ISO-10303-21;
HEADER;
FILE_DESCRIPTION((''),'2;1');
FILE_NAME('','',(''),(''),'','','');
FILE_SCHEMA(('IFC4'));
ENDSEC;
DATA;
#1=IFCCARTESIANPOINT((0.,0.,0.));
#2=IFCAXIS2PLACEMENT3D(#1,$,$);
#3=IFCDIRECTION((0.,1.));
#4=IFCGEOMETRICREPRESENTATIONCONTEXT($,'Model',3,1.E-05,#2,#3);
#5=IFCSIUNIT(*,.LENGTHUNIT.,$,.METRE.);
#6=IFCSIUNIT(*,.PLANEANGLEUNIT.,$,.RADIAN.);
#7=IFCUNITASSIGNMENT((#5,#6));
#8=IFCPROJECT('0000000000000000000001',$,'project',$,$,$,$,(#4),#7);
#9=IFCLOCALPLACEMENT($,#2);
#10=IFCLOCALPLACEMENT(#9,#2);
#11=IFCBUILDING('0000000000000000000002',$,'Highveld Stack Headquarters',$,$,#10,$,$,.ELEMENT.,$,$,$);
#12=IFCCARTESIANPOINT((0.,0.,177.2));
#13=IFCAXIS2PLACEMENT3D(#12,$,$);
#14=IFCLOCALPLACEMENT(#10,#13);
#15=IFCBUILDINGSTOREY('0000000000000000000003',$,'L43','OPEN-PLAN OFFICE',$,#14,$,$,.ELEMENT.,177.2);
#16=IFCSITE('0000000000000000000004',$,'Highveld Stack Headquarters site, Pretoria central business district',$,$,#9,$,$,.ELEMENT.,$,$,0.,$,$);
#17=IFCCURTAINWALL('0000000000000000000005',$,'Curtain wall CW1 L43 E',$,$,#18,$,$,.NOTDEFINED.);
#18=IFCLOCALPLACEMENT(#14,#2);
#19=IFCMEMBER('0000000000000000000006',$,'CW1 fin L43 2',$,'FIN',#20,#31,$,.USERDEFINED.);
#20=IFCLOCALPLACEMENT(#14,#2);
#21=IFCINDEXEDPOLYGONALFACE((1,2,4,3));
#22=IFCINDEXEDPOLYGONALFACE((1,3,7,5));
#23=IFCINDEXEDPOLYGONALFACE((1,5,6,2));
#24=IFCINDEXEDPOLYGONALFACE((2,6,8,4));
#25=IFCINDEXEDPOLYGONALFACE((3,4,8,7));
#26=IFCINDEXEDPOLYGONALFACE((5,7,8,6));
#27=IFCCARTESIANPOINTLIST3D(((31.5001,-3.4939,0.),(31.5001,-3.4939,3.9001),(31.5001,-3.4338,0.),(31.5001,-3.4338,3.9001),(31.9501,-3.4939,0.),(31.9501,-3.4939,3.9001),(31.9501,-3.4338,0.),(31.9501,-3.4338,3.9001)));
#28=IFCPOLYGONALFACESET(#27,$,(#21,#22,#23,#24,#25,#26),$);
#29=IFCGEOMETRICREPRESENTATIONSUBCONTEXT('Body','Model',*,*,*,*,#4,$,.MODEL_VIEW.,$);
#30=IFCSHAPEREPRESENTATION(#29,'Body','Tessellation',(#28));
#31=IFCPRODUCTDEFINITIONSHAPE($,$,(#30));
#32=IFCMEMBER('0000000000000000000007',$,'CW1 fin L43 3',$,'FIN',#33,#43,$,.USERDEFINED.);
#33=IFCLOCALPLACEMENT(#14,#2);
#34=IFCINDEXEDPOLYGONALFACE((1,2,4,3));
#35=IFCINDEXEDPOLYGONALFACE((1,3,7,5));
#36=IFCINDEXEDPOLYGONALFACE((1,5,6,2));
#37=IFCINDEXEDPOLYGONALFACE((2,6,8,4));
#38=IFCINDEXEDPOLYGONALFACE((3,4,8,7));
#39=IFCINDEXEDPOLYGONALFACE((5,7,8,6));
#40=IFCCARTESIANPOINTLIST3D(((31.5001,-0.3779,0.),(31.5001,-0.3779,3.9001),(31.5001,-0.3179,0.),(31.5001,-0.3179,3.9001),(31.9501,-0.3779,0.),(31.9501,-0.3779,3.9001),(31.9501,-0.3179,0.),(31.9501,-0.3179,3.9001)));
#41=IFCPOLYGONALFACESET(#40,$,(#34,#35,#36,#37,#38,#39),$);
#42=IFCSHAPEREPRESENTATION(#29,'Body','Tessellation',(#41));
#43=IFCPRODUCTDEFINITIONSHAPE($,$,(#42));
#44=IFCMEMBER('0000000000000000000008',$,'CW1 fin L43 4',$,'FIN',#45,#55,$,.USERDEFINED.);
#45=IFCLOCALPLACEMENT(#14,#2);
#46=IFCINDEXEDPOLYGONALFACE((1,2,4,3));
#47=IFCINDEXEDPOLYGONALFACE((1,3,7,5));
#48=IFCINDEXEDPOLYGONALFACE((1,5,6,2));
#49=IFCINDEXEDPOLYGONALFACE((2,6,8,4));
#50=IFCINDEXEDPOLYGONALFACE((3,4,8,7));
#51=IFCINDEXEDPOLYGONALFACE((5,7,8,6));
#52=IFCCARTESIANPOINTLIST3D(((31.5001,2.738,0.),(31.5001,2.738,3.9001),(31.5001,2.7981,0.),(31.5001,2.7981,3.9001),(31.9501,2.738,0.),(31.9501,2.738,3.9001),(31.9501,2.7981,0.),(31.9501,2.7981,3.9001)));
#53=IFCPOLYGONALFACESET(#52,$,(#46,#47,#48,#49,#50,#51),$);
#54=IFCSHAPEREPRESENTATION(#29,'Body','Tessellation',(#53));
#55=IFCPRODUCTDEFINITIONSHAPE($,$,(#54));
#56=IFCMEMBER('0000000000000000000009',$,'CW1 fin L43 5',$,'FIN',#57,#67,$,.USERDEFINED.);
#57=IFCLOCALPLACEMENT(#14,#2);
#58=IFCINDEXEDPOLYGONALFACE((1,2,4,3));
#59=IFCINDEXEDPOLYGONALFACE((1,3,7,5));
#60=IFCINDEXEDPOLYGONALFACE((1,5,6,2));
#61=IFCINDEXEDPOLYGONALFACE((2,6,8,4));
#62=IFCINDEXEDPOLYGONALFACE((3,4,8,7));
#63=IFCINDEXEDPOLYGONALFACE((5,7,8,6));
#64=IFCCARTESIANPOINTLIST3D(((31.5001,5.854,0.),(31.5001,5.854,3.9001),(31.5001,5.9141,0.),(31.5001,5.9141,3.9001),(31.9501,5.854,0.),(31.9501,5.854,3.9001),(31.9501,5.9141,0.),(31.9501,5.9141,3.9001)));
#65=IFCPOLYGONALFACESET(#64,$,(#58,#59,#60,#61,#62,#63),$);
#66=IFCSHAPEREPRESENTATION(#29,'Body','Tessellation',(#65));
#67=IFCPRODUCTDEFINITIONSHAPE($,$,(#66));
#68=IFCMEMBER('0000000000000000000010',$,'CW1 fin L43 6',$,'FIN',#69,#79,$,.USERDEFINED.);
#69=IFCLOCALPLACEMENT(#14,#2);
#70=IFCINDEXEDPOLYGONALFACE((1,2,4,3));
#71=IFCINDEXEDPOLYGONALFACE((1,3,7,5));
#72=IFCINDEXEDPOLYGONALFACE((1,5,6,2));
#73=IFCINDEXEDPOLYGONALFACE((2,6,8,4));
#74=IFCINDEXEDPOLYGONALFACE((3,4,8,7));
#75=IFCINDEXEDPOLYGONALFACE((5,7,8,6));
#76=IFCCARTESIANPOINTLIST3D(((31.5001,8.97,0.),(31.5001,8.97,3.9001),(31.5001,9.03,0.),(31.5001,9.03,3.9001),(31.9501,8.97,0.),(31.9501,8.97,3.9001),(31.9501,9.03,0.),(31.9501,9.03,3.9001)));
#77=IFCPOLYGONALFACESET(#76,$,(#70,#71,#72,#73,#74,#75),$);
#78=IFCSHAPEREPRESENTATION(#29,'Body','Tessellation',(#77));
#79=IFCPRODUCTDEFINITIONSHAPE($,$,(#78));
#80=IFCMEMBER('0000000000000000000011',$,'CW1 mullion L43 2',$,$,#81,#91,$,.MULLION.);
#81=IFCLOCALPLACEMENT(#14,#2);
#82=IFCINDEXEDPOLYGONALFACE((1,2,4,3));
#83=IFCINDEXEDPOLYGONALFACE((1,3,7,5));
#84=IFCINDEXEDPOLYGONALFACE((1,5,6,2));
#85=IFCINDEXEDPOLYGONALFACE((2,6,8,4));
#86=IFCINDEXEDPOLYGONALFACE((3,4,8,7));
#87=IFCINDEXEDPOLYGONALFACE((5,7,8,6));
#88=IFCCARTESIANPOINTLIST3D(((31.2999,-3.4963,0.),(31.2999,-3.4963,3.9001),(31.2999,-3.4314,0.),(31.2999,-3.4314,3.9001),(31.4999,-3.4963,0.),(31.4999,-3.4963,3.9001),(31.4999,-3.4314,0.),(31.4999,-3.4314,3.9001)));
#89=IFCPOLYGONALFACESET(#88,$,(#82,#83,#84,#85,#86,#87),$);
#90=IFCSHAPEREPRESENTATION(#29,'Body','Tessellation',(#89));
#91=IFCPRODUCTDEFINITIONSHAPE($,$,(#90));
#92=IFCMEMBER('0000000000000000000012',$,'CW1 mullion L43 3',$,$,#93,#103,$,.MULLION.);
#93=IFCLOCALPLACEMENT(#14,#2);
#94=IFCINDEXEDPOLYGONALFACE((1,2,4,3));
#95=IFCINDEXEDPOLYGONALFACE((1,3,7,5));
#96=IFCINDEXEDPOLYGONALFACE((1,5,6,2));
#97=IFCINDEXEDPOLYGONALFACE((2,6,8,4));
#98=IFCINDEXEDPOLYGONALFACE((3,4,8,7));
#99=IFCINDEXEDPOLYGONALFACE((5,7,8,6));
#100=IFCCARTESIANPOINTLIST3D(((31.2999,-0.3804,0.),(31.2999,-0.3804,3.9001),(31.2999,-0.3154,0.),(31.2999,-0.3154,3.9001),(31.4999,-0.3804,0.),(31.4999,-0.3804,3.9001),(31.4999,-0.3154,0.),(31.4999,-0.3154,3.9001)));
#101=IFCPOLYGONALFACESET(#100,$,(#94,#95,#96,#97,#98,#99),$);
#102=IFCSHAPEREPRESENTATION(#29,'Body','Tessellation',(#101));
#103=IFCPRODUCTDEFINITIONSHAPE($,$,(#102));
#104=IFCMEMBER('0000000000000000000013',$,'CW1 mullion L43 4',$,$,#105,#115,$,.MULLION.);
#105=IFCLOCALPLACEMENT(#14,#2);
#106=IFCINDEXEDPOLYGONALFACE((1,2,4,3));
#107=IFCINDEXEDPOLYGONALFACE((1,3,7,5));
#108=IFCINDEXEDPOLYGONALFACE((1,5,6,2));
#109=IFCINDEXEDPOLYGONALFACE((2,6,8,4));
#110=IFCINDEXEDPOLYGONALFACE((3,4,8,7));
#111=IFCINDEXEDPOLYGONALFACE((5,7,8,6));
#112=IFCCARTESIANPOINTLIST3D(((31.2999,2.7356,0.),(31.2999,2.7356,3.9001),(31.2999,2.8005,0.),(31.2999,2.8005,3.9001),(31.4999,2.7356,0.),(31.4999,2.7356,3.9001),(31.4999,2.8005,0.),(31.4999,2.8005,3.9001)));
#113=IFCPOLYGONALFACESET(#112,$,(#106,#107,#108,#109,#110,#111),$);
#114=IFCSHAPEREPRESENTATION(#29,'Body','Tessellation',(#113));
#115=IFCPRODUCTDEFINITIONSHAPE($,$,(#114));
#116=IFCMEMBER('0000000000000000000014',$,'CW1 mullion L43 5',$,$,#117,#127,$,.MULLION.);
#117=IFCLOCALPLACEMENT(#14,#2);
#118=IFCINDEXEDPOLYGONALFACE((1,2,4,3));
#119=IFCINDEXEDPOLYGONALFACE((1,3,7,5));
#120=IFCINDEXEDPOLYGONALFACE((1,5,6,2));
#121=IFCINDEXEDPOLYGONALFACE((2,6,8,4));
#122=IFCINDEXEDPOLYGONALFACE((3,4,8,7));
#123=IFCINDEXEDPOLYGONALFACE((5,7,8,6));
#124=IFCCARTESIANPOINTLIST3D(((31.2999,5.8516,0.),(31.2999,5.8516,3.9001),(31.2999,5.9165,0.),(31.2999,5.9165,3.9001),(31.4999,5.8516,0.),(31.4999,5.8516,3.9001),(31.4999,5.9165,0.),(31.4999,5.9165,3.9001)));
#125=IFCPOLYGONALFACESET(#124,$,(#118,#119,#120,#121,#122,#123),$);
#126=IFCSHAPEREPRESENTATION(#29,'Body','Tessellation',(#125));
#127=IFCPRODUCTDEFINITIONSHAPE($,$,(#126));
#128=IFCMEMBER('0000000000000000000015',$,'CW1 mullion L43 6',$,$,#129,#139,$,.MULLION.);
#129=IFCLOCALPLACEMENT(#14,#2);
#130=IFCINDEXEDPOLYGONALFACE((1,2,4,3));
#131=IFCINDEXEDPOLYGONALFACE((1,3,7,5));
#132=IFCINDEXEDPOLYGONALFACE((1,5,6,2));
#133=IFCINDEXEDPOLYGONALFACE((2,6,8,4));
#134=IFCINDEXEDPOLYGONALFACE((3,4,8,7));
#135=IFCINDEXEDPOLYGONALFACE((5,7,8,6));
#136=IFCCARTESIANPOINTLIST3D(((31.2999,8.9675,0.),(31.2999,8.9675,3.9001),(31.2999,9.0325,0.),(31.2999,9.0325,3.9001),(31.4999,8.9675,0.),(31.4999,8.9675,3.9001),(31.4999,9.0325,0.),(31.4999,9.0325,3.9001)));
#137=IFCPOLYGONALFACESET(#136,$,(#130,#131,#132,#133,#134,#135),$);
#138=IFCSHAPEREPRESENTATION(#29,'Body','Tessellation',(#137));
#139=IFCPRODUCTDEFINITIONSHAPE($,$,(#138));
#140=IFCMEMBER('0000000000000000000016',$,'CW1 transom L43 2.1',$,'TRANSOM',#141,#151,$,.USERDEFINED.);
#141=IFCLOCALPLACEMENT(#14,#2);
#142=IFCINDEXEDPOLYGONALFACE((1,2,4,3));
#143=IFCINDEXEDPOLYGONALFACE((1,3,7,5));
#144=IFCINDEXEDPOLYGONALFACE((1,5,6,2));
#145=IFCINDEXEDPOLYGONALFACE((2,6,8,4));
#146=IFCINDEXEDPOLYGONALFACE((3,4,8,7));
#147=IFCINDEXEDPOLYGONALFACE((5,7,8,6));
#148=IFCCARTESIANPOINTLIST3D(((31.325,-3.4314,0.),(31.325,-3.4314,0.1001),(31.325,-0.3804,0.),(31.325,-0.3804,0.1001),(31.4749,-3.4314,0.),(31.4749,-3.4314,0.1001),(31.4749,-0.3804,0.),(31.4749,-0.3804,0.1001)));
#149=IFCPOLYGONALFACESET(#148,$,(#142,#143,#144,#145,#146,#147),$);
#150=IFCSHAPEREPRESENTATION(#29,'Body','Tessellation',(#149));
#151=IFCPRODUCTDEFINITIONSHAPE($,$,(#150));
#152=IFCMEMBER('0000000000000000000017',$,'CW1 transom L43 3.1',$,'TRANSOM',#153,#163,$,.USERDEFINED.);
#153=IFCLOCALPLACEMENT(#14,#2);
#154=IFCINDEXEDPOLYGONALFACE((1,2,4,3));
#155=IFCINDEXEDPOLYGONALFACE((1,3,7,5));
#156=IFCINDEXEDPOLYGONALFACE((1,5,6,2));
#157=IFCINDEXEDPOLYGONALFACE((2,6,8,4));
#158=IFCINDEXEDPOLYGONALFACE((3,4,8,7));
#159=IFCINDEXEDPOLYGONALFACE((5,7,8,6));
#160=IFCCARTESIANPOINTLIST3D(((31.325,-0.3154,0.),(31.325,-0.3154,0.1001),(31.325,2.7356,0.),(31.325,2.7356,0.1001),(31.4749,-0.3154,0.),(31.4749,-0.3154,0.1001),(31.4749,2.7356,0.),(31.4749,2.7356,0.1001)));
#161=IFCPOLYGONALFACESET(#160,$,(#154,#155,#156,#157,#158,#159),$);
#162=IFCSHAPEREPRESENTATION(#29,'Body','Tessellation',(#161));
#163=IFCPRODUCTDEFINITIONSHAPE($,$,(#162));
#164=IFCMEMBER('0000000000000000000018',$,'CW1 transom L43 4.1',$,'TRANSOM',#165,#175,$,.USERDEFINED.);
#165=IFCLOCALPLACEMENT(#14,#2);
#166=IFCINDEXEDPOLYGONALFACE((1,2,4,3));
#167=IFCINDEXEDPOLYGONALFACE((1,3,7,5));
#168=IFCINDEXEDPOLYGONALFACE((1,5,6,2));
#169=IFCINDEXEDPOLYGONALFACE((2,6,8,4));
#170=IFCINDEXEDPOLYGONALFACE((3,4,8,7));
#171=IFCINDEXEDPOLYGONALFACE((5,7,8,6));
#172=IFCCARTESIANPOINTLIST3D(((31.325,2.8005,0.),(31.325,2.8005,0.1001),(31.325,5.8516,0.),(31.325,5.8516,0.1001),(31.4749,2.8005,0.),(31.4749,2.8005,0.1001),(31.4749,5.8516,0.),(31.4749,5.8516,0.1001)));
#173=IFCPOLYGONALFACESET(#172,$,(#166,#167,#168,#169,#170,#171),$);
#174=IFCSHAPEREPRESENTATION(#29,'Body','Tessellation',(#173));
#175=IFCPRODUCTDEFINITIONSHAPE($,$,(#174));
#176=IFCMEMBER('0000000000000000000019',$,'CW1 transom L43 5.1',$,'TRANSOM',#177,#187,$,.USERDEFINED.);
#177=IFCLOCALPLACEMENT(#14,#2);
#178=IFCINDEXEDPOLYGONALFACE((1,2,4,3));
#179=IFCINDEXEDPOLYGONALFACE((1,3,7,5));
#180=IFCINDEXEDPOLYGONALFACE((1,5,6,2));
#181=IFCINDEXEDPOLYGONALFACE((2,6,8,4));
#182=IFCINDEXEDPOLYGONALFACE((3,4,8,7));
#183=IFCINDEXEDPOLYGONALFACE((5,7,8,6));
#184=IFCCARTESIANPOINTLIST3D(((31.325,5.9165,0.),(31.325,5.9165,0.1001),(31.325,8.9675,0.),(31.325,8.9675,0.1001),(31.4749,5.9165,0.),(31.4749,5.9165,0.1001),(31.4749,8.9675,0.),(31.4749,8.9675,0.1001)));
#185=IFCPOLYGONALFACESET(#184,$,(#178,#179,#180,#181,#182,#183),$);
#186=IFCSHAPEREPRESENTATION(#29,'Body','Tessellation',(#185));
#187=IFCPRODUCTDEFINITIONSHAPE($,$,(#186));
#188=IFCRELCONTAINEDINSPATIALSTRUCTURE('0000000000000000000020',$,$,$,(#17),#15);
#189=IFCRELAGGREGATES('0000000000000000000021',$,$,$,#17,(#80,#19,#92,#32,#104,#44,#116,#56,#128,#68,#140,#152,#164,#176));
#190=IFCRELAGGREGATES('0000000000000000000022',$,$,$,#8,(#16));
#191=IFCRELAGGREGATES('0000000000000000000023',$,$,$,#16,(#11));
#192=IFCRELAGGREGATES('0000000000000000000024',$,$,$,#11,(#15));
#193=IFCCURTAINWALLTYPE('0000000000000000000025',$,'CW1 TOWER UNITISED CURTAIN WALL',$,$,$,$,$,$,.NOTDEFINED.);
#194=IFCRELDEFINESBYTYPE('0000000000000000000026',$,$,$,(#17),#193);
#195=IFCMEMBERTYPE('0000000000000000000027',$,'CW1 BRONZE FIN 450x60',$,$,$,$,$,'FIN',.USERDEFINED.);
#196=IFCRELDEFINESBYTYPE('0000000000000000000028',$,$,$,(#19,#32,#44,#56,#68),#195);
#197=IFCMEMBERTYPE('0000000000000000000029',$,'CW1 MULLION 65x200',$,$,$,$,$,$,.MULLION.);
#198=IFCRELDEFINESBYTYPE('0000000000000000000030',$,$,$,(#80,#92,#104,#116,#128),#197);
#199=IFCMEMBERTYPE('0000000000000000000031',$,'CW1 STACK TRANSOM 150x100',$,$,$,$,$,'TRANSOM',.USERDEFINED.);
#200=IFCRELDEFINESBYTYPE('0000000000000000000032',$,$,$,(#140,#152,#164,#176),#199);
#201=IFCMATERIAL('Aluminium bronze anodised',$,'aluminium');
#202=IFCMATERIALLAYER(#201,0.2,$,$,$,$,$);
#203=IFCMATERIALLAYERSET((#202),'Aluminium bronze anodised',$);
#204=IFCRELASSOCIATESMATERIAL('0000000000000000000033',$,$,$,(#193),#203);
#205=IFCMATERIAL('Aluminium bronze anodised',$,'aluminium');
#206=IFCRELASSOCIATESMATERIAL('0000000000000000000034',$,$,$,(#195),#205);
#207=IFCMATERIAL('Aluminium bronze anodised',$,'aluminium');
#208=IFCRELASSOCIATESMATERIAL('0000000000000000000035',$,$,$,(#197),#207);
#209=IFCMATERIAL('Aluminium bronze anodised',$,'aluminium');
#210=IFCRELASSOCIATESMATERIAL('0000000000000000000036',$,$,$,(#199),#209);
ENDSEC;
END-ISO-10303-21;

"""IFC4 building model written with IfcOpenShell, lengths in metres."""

from ifc_helpers import new_model, si_unit, direction, frame, origin, origin_2d, place, context, subcontext, project, spatial, rectangle, extrude, material, layer, layer_set, material_profile, profile_set, type_object, element, aggregate, save


model = new_model("IFC4")

# Units and contexts
model_context = context("Model", 3, precision=1e-05, world=origin(), true_north=direction((0.0, 1.0)))
body_context = subcontext(model_context, "Body", "Model", "MODEL_VIEW")
ifc_project = project(units=[si_unit("LENGTHUNIT", "METRE"), si_unit("PLANEANGLEUNIT", "RADIAN")], contexts=[model_context])

# Site, building, storey
site_placement = place(None, origin())
site = spatial("IfcSite", under=ifc_project, at=site_placement, Name="Highveld Stack Headquarters site, Pretoria central business district", CompositionType="ELEMENT", RefElevation=0.0)
building_placement = place(site_placement, origin())
building = spatial("IfcBuilding", under=site, at=building_placement, Name="Highveld Stack Headquarters", CompositionType="ELEMENT")
storey_placement = place(building_placement, frame((0.0, 0.0, 177.2)))
storey = spatial("IfcBuildingStorey", under=building, at=storey_placement, Name="L43", Description="OPEN-PLAN OFFICE", CompositionType="ELEMENT", Elevation=177.2)

# Curtain wall, members
ifc_material_1 = material(Name="Aluminium bronze anodised", Category="aluminium")
ifc_layer_1 = layer(ifc_material_1, 0.2)
ifc_layer_set_1 = layer_set([ifc_layer_1], Name="Aluminium bronze anodised")
curtain_wall_type = type_object("IfcCurtainWallType", Name="CW1 TOWER UNITISED CURTAIN WALL", PredefinedType="NOTDEFINED", material=ifc_layer_set_1)
curtain_wall_placement = place(storey_placement, origin())
curtain_wall = element("IfcCurtainWall", 1, at=curtain_wall_placement, inside=storey, type_object=curtain_wall_type, Name="Curtain wall CW1 L43 E", PredefinedType="NOTDEFINED")
ifc_material_2 = material(Name="Aluminium bronze anodised", Category="aluminium")
ifc_material_profile_1 = material_profile(ifc_material_2, rectangle(XDim=0.45, YDim=0.0601, at=origin_2d()), Name="FIN 450x60")
ifc_profile_set_1 = profile_set([ifc_material_profile_1], Name="Aluminium bronze anodised")
member_type_1 = type_object("IfcMemberType", Name="CW1 BRONZE FIN 450x60", ElementType="FIN", PredefinedType="USERDEFINED", material=ifc_profile_set_1)
member_1_placement = place(storey_placement, frame((31.7251, -3.4639, 0.0), z_axis=(0.0, 0.0, 1.0), x_axis=(-1.0, 0.0, 0.0)))
member_1 = element("IfcMember", 2, at=member_1_placement, type_object=member_type_1, Name="CW1 fin L43 2", ObjectType="FIN", PredefinedType="USERDEFINED", context=body_context, shape_type="SweptSolid", body=[
    extrude(rectangle(XDim=0.45, YDim=0.0601, at=origin_2d()), origin(), (0.0, 0.0, 1.0), 3.9001),
])
member_2_placement = place(storey_placement, frame((31.7251, -0.3479, 0.0), z_axis=(0.0, 0.0, 1.0), x_axis=(-1.0, 0.0, 0.0)))
member_2 = element("IfcMember", 3, at=member_2_placement, type_object=member_type_1, Name="CW1 fin L43 3", ObjectType="FIN", PredefinedType="USERDEFINED", context=body_context, shape_type="SweptSolid", body=[
    extrude(rectangle(XDim=0.45, YDim=0.0601, at=origin_2d()), origin(), (0.0, 0.0, 1.0), 3.9001),
])
member_3_placement = place(storey_placement, frame((31.7251, 2.7681, 0.0), z_axis=(0.0, 0.0, 1.0), x_axis=(-1.0, 0.0, 0.0)))
member_3 = element("IfcMember", 4, at=member_3_placement, type_object=member_type_1, Name="CW1 fin L43 4", ObjectType="FIN", PredefinedType="USERDEFINED", context=body_context, shape_type="SweptSolid", body=[
    extrude(rectangle(XDim=0.45, YDim=0.0601, at=origin_2d()), origin(), (0.0, 0.0, 1.0), 3.9001),
])
member_4_placement = place(storey_placement, frame((31.7251, 5.884, 0.0), z_axis=(0.0, 0.0, 1.0), x_axis=(-1.0, 0.0, 0.0)))
member_4 = element("IfcMember", 5, at=member_4_placement, type_object=member_type_1, Name="CW1 fin L43 5", ObjectType="FIN", PredefinedType="USERDEFINED", context=body_context, shape_type="SweptSolid", body=[
    extrude(rectangle(XDim=0.45, YDim=0.0601, at=origin_2d()), origin(), (0.0, 0.0, 1.0), 3.9001),
])
member_5_placement = place(storey_placement, frame((31.7251, 9.0, 0.0), z_axis=(0.0, 0.0, 1.0), x_axis=(-1.0, 0.0, 0.0)))
member_5 = element("IfcMember", 6, at=member_5_placement, type_object=member_type_1, Name="CW1 fin L43 6", ObjectType="FIN", PredefinedType="USERDEFINED", context=body_context, shape_type="SweptSolid", body=[
    extrude(rectangle(XDim=0.45, YDim=0.0601, at=origin_2d()), origin(), (0.0, 0.0, 1.0), 3.9001),
])
ifc_material_3 = material(Name="Aluminium bronze anodised", Category="aluminium")
ifc_material_profile_2 = material_profile(ifc_material_3, rectangle(XDim=0.2, YDim=0.0649, at=origin_2d()), Name="CW1 MULLION 65x200")
ifc_profile_set_2 = profile_set([ifc_material_profile_2], Name="Aluminium bronze anodised")
member_type_2 = type_object("IfcMemberType", Name="CW1 MULLION 65x200", PredefinedType="MULLION", material=ifc_profile_set_2)
member_6_placement = place(storey_placement, frame((31.3999, -3.4639, 0.0), z_axis=(0.0, 0.0, 1.0), x_axis=(-1.0, 0.0, 0.0)))
member_6 = element("IfcMember", 7, at=member_6_placement, type_object=member_type_2, Name="CW1 mullion L43 2", PredefinedType="MULLION", context=body_context, shape_type="SweptSolid", body=[
    extrude(rectangle(XDim=0.2, YDim=0.0649, at=origin_2d()), origin(), (0.0, 0.0, 1.0), 3.9001),
])
member_7_placement = place(storey_placement, frame((31.3999, -0.3479, 0.0), z_axis=(0.0, 0.0, 1.0), x_axis=(-1.0, 0.0, 0.0)))
member_7 = element("IfcMember", 8, at=member_7_placement, type_object=member_type_2, Name="CW1 mullion L43 3", PredefinedType="MULLION", context=body_context, shape_type="SweptSolid", body=[
    extrude(rectangle(XDim=0.2, YDim=0.0649, at=origin_2d()), origin(), (0.0, 0.0, 1.0), 3.9001),
])
member_8_placement = place(storey_placement, frame((31.3999, 2.7681, 0.0), z_axis=(0.0, 0.0, 1.0), x_axis=(-1.0, 0.0, 0.0)))
member_8 = element("IfcMember", 9, at=member_8_placement, type_object=member_type_2, Name="CW1 mullion L43 4", PredefinedType="MULLION", context=body_context, shape_type="SweptSolid", body=[
    extrude(rectangle(XDim=0.2, YDim=0.0649, at=origin_2d()), origin(), (0.0, 0.0, 1.0), 3.9001),
])
member_9_placement = place(storey_placement, frame((31.3999, 5.884, 0.0), z_axis=(0.0, 0.0, 1.0), x_axis=(-1.0, 0.0, 0.0)))
member_9 = element("IfcMember", 10, at=member_9_placement, type_object=member_type_2, Name="CW1 mullion L43 5", PredefinedType="MULLION", context=body_context, shape_type="SweptSolid", body=[
    extrude(rectangle(XDim=0.2, YDim=0.0649, at=origin_2d()), origin(), (0.0, 0.0, 1.0), 3.9001),
])
member_10_placement = place(storey_placement, frame((31.3999, 9.0, 0.0), z_axis=(0.0, 0.0, 1.0), x_axis=(-1.0, 0.0, 0.0)))
member_10 = element("IfcMember", 11, at=member_10_placement, type_object=member_type_2, Name="CW1 mullion L43 6", PredefinedType="MULLION", context=body_context, shape_type="SweptSolid", body=[
    extrude(rectangle(XDim=0.2, YDim=0.0649, at=origin_2d()), origin(), (0.0, 0.0, 1.0), 3.9001),
])
ifc_material_4 = material(Name="Aluminium bronze anodised", Category="aluminium")
ifc_material_profile_3 = material_profile(ifc_material_4, rectangle(XDim=0.1499, YDim=0.1001, at=origin_2d()), Name="CW1 TRANSOM 150x100")
ifc_profile_set_3 = profile_set([ifc_material_profile_3], Name="Aluminium bronze anodised")
member_type_3 = type_object("IfcMemberType", Name="CW1 STACK TRANSOM 150x100", ElementType="TRANSOM", PredefinedType="USERDEFINED", material=ifc_profile_set_3)
member_11_placement = place(storey_placement, frame((31.3999, -3.4314, 0.05), z_axis=(0.0, 1.0, 0.0), x_axis=(-1.0, 0.0, 0.0)))
member_11 = element("IfcMember", 12, at=member_11_placement, type_object=member_type_3, Name="CW1 transom L43 2.1", ObjectType="TRANSOM", PredefinedType="USERDEFINED", context=body_context, shape_type="SweptSolid", body=[
    extrude(rectangle(XDim=0.1499, YDim=0.1001, at=origin_2d()), origin(), (0.0, 0.0, 1.0), 3.051),
])
member_12_placement = place(storey_placement, frame((31.3999, -0.3154, 0.05), z_axis=(0.0, 1.0, 0.0), x_axis=(-1.0, 0.0, 0.0)))
member_12 = element("IfcMember", 13, at=member_12_placement, type_object=member_type_3, Name="CW1 transom L43 3.1", ObjectType="TRANSOM", PredefinedType="USERDEFINED", context=body_context, shape_type="SweptSolid", body=[
    extrude(rectangle(XDim=0.1499, YDim=0.1001, at=origin_2d()), origin(), (0.0, 0.0, 1.0), 3.051),
])
member_13_placement = place(storey_placement, frame((31.3999, 2.8005, 0.05), z_axis=(0.0, 1.0, 0.0), x_axis=(-1.0, 0.0, 0.0)))
member_13 = element("IfcMember", 14, at=member_13_placement, type_object=member_type_3, Name="CW1 transom L43 4.1", ObjectType="TRANSOM", PredefinedType="USERDEFINED", context=body_context, shape_type="SweptSolid", body=[
    extrude(rectangle(XDim=0.1499, YDim=0.1001, at=origin_2d()), origin(), (0.0, 0.0, 1.0), 3.051),
])
member_14_placement = place(storey_placement, frame((31.3999, 5.9165, 0.05), z_axis=(0.0, 1.0, 0.0), x_axis=(-1.0, 0.0, 0.0)))
member_14 = element("IfcMember", 15, at=member_14_placement, type_object=member_type_3, Name="CW1 transom L43 5.1", ObjectType="TRANSOM", PredefinedType="USERDEFINED", context=body_context, shape_type="SweptSolid", body=[
    extrude(rectangle(XDim=0.1499, YDim=0.1001, at=origin_2d()), origin(), (0.0, 0.0, 1.0), 3.051),
])

aggregate(curtain_wall, [member_6, member_1, member_7, member_2, member_8, member_3, member_9, member_4, member_10, member_5, member_11, member_12, member_13, member_14])

save(model, "model.ifc")
